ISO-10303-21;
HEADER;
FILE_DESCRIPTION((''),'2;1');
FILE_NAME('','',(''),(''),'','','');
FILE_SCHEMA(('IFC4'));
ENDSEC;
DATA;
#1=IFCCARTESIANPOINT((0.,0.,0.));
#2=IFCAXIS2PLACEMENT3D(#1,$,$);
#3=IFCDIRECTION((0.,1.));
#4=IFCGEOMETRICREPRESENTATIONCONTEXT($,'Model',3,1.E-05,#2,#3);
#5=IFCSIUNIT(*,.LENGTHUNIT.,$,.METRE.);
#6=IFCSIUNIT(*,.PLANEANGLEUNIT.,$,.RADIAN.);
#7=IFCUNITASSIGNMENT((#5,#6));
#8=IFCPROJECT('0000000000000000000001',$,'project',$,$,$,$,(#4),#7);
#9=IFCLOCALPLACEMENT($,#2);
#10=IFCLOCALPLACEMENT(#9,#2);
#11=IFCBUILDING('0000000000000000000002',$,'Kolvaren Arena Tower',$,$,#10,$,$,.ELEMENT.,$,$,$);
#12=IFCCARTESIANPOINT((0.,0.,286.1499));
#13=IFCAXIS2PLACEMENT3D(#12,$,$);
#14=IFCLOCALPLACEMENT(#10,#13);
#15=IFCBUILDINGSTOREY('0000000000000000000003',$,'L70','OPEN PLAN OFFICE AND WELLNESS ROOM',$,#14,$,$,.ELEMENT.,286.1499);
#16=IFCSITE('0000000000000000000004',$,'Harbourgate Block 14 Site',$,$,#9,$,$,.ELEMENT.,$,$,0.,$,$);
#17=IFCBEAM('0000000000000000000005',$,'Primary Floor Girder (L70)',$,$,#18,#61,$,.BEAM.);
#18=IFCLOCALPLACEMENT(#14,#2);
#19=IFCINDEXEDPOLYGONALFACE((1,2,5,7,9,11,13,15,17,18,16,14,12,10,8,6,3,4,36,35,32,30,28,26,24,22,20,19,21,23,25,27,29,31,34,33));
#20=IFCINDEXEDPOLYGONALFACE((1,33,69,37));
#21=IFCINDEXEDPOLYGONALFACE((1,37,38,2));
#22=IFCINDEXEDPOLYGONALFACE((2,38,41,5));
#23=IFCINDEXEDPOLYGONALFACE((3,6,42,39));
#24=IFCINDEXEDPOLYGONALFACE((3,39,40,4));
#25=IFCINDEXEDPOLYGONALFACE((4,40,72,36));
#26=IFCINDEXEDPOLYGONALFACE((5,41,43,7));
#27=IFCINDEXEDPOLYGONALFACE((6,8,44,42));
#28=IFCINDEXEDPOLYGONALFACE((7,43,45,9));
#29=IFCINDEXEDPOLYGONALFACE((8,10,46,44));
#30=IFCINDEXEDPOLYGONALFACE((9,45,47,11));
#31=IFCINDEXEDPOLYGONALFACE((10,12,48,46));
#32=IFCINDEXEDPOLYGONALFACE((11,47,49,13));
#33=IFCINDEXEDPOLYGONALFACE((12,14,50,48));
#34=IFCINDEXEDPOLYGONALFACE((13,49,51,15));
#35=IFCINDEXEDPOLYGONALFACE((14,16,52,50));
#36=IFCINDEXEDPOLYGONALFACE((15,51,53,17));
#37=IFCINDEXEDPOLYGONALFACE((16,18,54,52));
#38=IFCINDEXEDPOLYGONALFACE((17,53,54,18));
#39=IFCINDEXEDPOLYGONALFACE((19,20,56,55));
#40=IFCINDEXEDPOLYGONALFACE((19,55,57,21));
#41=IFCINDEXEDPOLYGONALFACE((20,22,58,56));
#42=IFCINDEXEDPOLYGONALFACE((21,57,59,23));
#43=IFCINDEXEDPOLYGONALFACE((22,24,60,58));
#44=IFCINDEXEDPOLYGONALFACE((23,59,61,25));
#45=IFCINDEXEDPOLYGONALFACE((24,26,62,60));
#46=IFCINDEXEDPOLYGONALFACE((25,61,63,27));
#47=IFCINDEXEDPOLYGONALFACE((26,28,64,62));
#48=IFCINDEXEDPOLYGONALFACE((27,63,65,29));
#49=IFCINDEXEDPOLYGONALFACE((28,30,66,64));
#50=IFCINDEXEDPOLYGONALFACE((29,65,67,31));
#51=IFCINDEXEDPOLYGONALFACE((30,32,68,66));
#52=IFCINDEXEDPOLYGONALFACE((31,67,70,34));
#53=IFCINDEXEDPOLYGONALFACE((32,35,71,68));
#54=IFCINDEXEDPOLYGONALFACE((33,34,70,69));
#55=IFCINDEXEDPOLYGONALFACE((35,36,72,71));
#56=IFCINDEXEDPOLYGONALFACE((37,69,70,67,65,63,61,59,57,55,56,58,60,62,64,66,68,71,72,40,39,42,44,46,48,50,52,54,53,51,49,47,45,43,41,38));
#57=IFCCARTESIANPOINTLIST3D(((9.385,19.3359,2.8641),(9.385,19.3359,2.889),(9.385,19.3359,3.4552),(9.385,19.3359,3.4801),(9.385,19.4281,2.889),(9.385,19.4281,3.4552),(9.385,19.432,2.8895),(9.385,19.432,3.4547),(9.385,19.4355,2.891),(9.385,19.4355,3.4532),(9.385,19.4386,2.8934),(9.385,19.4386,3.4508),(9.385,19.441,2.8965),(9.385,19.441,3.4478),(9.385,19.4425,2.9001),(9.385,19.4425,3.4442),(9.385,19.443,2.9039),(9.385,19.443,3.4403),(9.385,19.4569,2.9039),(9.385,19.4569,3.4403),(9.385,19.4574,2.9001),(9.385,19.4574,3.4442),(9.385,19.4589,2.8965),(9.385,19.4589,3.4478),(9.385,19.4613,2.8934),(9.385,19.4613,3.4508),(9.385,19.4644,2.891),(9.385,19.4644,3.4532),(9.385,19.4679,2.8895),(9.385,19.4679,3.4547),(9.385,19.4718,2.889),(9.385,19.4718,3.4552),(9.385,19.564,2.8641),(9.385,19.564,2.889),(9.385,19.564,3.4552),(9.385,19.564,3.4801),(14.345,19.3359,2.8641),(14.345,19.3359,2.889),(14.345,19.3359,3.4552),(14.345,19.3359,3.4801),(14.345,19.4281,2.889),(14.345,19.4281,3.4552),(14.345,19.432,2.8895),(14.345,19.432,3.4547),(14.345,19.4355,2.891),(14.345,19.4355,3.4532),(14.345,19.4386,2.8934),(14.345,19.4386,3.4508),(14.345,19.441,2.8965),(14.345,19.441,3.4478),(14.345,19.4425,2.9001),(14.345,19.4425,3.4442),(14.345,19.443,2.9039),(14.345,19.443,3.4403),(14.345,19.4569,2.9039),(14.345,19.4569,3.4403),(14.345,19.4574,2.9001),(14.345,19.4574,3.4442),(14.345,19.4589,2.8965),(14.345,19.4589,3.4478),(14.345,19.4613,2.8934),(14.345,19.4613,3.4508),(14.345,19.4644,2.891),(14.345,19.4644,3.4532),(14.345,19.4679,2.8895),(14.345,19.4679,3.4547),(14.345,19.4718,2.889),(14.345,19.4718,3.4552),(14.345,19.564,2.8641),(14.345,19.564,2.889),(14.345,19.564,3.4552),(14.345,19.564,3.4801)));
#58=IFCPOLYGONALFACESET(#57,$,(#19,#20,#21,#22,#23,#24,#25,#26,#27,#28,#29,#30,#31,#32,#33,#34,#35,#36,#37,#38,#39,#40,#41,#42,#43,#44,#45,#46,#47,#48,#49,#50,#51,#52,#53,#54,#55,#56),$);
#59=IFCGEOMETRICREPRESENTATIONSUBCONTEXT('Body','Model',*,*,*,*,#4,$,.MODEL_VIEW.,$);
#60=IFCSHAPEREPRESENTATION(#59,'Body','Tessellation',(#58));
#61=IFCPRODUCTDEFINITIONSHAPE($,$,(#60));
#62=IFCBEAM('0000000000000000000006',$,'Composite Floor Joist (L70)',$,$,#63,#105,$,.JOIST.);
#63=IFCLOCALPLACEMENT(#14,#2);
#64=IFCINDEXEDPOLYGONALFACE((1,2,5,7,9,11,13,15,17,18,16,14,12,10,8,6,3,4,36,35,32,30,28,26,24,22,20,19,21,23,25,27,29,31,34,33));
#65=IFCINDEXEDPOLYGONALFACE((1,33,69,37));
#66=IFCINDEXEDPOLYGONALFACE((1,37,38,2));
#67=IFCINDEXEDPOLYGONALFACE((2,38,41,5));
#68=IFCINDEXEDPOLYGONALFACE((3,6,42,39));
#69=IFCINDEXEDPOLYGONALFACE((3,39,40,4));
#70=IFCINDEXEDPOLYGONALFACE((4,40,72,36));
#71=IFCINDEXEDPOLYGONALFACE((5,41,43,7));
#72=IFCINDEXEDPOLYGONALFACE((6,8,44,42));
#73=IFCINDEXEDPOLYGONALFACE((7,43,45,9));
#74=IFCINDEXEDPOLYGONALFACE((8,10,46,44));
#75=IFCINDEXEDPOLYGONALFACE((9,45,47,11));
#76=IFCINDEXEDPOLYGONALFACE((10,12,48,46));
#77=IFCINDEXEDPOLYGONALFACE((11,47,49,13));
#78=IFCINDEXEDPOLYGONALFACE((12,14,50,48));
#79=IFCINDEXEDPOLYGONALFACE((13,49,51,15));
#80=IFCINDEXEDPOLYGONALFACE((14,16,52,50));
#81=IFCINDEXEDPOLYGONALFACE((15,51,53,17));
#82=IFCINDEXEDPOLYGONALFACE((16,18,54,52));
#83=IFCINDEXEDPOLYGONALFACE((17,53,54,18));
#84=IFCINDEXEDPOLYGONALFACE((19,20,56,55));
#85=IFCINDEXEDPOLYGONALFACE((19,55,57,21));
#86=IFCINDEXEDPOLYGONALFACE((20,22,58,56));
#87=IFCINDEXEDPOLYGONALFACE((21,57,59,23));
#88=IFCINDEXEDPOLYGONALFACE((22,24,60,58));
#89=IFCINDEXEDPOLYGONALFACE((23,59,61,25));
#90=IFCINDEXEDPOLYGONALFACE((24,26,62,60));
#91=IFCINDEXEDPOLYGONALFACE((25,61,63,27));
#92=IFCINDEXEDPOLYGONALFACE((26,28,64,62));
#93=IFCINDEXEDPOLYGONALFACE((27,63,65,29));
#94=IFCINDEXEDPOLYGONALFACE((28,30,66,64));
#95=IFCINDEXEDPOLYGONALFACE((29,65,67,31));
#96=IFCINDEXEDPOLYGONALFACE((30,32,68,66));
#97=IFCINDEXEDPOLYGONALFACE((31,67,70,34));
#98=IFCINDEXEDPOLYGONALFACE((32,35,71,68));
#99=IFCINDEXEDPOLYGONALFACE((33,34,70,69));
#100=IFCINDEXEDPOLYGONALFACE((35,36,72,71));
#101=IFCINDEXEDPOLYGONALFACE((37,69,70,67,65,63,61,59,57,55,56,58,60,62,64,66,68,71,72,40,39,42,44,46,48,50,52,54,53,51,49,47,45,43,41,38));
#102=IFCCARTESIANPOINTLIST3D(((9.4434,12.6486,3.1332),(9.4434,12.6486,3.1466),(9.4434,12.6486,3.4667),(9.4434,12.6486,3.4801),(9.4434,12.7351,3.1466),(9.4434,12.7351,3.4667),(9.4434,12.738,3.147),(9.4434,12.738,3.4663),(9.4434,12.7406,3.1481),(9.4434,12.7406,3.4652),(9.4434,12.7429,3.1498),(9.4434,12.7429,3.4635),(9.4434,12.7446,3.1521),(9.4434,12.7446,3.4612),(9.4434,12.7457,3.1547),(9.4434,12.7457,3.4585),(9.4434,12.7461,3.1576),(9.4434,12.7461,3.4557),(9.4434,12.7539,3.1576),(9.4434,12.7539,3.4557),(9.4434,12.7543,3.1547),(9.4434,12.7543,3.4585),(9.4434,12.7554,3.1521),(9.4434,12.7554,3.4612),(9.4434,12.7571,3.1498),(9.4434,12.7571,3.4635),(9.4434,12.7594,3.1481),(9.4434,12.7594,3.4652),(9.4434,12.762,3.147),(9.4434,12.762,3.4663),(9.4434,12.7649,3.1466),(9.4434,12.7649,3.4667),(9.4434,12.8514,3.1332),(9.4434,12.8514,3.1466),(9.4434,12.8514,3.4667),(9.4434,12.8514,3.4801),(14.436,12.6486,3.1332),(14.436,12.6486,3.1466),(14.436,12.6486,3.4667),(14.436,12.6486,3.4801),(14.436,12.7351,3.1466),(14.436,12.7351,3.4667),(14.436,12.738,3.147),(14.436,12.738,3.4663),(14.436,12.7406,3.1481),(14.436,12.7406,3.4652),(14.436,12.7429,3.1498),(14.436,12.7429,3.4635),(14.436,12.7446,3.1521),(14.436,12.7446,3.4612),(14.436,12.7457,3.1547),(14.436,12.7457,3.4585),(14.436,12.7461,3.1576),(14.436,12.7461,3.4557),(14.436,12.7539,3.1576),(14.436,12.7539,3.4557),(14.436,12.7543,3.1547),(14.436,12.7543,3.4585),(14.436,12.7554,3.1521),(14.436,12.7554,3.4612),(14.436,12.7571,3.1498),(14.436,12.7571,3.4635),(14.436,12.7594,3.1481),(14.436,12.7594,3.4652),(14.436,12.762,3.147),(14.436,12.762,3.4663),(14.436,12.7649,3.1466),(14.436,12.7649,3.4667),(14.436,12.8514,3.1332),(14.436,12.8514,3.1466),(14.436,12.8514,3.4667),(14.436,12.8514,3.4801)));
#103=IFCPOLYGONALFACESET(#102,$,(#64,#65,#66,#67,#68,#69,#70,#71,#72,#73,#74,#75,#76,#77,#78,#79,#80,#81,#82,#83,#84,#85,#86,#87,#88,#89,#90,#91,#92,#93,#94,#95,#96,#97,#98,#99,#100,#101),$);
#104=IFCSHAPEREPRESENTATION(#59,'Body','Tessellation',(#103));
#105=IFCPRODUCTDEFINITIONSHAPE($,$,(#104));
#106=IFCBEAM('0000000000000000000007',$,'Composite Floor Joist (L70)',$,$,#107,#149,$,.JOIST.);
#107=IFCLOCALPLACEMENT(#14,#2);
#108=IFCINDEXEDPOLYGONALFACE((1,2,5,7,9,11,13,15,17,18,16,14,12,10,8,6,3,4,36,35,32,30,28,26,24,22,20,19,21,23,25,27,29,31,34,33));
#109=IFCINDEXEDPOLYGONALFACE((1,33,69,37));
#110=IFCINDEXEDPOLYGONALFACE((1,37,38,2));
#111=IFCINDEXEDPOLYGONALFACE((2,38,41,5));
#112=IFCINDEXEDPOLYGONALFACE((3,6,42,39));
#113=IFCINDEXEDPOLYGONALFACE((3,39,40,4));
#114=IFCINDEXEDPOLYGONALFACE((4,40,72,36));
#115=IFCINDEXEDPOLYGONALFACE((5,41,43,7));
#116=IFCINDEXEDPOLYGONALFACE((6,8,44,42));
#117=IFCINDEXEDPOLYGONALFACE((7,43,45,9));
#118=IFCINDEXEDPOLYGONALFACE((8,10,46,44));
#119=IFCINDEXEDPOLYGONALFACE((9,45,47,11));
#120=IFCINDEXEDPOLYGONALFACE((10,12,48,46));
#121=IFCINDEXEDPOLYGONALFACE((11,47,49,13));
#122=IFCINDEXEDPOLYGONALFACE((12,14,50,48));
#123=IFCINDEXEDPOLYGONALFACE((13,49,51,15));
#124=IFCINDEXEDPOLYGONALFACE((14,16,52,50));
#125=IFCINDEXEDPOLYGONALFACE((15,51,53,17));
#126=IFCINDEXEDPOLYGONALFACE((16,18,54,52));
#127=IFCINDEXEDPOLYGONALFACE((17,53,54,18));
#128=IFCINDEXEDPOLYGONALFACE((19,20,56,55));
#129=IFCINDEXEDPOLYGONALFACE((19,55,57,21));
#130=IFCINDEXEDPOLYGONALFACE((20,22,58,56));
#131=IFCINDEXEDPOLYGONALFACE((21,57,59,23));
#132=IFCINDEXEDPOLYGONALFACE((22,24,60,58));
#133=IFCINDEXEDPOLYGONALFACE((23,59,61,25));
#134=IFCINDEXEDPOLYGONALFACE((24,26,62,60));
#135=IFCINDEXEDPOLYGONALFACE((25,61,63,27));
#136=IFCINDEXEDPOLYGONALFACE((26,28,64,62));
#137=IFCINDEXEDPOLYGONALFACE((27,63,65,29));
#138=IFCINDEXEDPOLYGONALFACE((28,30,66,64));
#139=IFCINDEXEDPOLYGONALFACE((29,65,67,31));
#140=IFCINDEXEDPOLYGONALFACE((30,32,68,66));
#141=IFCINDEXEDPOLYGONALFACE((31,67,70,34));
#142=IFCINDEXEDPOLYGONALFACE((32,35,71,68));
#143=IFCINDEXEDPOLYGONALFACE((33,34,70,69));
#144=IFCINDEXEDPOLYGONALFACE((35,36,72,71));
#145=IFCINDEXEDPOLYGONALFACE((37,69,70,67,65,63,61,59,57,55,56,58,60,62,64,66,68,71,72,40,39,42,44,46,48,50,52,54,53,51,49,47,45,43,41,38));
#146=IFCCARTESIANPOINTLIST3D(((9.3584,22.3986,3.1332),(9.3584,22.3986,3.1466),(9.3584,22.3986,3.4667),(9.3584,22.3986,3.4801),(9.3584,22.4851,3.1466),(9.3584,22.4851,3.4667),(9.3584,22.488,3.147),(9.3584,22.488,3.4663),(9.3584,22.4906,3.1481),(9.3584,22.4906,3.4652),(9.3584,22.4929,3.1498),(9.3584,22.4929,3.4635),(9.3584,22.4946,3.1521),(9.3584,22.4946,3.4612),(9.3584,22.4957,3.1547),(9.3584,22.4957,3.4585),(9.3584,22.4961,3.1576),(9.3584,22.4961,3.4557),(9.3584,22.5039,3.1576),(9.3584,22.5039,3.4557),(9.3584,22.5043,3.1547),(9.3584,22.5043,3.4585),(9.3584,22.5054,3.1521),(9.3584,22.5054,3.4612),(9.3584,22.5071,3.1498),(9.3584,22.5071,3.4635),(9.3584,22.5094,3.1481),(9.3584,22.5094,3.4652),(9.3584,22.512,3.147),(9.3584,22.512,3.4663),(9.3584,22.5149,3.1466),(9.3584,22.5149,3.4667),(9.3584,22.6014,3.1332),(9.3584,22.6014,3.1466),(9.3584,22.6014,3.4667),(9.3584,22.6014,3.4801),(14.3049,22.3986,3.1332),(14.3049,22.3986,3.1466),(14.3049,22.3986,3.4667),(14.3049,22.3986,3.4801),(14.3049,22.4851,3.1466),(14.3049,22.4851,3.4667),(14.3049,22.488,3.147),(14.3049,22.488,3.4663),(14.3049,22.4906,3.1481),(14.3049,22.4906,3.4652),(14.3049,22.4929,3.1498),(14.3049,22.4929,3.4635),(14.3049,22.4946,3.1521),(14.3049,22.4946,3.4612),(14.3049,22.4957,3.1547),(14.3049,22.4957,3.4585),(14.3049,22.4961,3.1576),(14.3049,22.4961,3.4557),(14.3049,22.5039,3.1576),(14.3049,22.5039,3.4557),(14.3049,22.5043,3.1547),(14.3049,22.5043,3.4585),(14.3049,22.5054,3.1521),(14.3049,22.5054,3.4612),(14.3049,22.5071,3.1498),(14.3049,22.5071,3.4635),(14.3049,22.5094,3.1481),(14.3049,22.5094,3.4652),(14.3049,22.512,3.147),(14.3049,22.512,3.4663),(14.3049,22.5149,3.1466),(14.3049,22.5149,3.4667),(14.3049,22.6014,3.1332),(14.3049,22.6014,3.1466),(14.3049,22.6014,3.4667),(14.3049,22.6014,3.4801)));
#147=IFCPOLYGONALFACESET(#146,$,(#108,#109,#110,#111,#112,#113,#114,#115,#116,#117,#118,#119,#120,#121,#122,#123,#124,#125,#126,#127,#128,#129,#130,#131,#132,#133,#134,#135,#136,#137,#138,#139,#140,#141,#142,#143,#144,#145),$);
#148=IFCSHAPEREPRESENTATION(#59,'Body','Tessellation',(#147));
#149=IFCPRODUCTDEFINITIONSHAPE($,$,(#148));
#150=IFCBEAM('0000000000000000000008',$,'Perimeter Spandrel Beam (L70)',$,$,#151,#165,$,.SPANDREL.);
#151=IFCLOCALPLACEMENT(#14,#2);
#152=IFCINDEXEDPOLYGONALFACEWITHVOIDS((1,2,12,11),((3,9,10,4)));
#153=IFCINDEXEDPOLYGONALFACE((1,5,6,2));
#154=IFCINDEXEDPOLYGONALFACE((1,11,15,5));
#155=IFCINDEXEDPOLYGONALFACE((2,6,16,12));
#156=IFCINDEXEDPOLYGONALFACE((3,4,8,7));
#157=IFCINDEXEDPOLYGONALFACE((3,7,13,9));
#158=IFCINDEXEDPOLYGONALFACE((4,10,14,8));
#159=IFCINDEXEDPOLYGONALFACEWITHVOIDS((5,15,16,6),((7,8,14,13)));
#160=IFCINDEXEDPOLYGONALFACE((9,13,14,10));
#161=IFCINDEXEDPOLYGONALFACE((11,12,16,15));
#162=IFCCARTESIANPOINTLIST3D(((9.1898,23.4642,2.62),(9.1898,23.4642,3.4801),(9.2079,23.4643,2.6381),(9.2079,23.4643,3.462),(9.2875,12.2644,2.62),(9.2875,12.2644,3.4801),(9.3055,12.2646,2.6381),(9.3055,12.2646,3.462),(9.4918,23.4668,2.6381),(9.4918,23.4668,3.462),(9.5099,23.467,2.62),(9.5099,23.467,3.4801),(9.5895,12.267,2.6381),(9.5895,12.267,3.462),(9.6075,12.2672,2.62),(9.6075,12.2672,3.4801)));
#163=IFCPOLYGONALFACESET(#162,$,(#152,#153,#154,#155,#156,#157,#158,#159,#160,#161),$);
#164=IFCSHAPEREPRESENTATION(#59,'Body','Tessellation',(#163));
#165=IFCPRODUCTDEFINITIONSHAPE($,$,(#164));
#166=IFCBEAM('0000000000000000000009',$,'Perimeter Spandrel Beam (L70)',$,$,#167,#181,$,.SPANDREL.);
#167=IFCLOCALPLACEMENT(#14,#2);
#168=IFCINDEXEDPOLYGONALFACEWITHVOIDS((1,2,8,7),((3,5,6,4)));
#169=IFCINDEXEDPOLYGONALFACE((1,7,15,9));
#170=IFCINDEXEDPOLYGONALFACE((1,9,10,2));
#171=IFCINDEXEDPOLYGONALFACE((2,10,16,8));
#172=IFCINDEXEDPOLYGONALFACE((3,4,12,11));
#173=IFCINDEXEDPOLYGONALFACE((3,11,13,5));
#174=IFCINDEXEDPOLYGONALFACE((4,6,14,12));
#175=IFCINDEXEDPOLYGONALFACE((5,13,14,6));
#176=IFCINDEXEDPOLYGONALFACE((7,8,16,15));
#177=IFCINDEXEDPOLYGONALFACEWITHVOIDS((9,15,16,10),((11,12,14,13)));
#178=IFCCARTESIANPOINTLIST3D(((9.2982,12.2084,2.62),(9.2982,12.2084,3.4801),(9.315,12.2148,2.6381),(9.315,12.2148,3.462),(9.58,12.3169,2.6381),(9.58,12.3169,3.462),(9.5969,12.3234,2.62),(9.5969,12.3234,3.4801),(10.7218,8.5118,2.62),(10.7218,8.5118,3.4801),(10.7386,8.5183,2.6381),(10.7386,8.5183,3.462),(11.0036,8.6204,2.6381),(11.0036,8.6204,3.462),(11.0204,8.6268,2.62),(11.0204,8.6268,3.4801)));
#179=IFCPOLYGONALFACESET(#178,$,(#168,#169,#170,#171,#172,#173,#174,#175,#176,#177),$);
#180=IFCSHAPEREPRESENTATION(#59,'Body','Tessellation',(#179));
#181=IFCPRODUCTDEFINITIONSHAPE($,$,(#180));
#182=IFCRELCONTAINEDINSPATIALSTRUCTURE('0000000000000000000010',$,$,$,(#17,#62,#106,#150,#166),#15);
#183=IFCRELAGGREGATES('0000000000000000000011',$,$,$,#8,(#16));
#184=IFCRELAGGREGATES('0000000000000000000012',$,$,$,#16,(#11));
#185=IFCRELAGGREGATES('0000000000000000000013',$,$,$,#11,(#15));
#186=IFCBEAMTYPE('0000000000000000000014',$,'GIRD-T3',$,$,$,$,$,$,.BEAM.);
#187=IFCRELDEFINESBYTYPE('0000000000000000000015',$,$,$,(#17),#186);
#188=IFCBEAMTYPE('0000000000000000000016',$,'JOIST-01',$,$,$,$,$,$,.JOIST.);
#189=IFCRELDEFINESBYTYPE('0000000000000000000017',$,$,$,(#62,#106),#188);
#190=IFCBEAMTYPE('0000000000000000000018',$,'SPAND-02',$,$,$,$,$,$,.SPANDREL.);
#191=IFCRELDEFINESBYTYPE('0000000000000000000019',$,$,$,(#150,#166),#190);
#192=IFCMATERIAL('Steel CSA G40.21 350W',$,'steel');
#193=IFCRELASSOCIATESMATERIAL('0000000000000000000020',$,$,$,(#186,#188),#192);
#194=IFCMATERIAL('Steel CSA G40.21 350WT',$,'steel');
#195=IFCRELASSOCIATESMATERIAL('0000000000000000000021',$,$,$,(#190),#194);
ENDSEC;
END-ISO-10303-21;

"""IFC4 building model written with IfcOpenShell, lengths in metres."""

from ifc_helpers import new_model, si_unit, direction, frame, origin, origin_2d, place, context, subcontext, project, spatial, hollow_rectangle, i_section, extrude, material, material_profile, profile_set, type_object, element, save


model = new_model("IFC4")

# Units and contexts
model_context = context("Model", 3, precision=1e-05, world=origin(), true_north=direction((0.0, 1.0)))
body_context = subcontext(model_context, "Body", "Model", "MODEL_VIEW")
ifc_project = project(units=[si_unit("LENGTHUNIT", "METRE"), si_unit("PLANEANGLEUNIT", "RADIAN")], contexts=[model_context])

# Site, building, storey
site_placement = place(None, origin())
site = spatial("IfcSite", under=ifc_project, at=site_placement, Name="Harbourgate Block 14 Site", CompositionType="ELEMENT", RefElevation=0.0)
building_placement = place(site_placement, origin())
building = spatial("IfcBuilding", under=site, at=building_placement, Name="Kolvaren Arena Tower", CompositionType="ELEMENT")
storey_placement = place(building_placement, frame((0.0, 0.0, 286.1499)))
storey = spatial("IfcBuildingStorey", under=building, at=storey_placement, Name="L70", Description="OPEN PLAN OFFICE AND WELLNESS ROOM", CompositionType="ELEMENT", Elevation=286.1499)

# Beams
ifc_material_1 = material(Name="Steel CSA G40.21 350W", Category="steel")
ifc_material_profile_1 = material_profile(ifc_material_1, i_section(OverallWidth=0.228, OverallDepth=0.616, WebThickness=0.0139, FlangeThickness=0.0249, FilletRadius=0.0149, at=origin_2d()), Name="W610x174")
ifc_profile_set_1 = profile_set([ifc_material_profile_1], Name="Steel CSA G40.21 350W")
beam_type_1 = type_object("IfcBeamType", Name="GIRD-T3", PredefinedType="BEAM", material=ifc_profile_set_1)
beam_1_placement = place(storey_placement, frame((9.385, 19.45, 3.1721), z_axis=(1.0, 0.0, 0.0), x_axis=(0.0, 1.0, 0.0)))
element("IfcBeam", 1, at=beam_1_placement, inside=storey, type_object=beam_type_1, Name="Primary Floor Girder (L70)", PredefinedType="BEAM", context=body_context, shape_type="SweptSolid", body=[
    extrude(i_section(OverallWidth=0.228, OverallDepth=0.616, WebThickness=0.0139, FlangeThickness=0.0249, FilletRadius=0.0149, at=origin_2d()), origin(), (0.0, 0.0, 1.0), 4.96),
])
ifc_material_profile_2 = material_profile(ifc_material_1, i_section(OverallWidth=0.2029, OverallDepth=0.3469, WebThickness=0.0078, FlangeThickness=0.0134, FilletRadius=0.011, at=origin_2d()), Name="W360x64")
ifc_profile_set_2 = profile_set([ifc_material_profile_2], Name="Steel CSA G40.21 350W")
beam_type_2 = type_object("IfcBeamType", Name="JOIST-01", PredefinedType="JOIST", material=ifc_profile_set_2)
beam_2_placement = place(storey_placement, frame((9.4434, 12.75, 3.3066), z_axis=(1.0, 0.0, 0.0), x_axis=(0.0, 1.0, 0.0)))
element("IfcBeam", 2, at=beam_2_placement, inside=storey, type_object=beam_type_2, Name="Composite Floor Joist (L70)", PredefinedType="JOIST", context=body_context, shape_type="SweptSolid", body=[
    extrude(i_section(OverallWidth=0.2029, OverallDepth=0.3469, WebThickness=0.0078, FlangeThickness=0.0134, FilletRadius=0.011, at=origin_2d()), origin(), (0.0, 0.0, 1.0), 4.9927),
])
beam_3_placement = place(storey_placement, frame((9.3584, 22.5, 3.3066), z_axis=(1.0, 0.0, 0.0), x_axis=(0.0, 1.0, 0.0)))
element("IfcBeam", 3, at=beam_3_placement, inside=storey, type_object=beam_type_2, Name="Composite Floor Joist (L70)", PredefinedType="JOIST", context=body_context, shape_type="SweptSolid", body=[
    extrude(i_section(OverallWidth=0.2029, OverallDepth=0.3469, WebThickness=0.0078, FlangeThickness=0.0134, FilletRadius=0.011, at=origin_2d()), origin(), (0.0, 0.0, 1.0), 4.9465),
])
ifc_material_2 = material(Name="Steel CSA G40.21 350WT", Category="steel")
ifc_material_profile_3 = material_profile(ifc_material_2, hollow_rectangle(XDim=0.3201, YDim=0.8601, WallThickness=0.0181, at=origin_2d()), Name="HSS 860x320x18")
ifc_profile_set_3 = profile_set([ifc_material_profile_3], Name="Steel CSA G40.21 350WT")
beam_type_3 = type_object("IfcBeamType", Name="SPAND-02", PredefinedType="SPANDREL", material=ifc_profile_set_3)
beam_4_placement = place(storey_placement, frame((9.3499, 23.4656, 3.05), z_axis=(0.008719, -0.999962, 0.0), x_axis=(0.999962, 0.008719, 0.0)))
element("IfcBeam", 4, at=beam_4_placement, inside=storey, type_object=beam_type_3, Name="Perimeter Spandrel Beam (L70)", PredefinedType="SPANDREL", context=body_context, shape_type="SweptSolid", body=[
    extrude(hollow_rectangle(XDim=0.3201, YDim=0.8601, WallThickness=0.0181, at=origin_2d()), origin(), (0.0, 0.0, 1.0), 11.2002),
])
beam_5_placement = place(storey_placement, frame((9.4475, 12.2659, 3.05), z_axis=(0.359384, -0.93319, 0.0), x_axis=(0.93319, 0.359384, 0.0)))
element("IfcBeam", 5, at=beam_5_placement, inside=storey, type_object=beam_type_3, Name="Perimeter Spandrel Beam (L70)", PredefinedType="SPANDREL", context=body_context, shape_type="SweptSolid", body=[
    extrude(hollow_rectangle(XDim=0.3201, YDim=0.8601, WallThickness=0.0181, at=origin_2d()), origin(), (0.0, 0.0, 1.0), 3.9612),
])

save(model, "model.ifc")
